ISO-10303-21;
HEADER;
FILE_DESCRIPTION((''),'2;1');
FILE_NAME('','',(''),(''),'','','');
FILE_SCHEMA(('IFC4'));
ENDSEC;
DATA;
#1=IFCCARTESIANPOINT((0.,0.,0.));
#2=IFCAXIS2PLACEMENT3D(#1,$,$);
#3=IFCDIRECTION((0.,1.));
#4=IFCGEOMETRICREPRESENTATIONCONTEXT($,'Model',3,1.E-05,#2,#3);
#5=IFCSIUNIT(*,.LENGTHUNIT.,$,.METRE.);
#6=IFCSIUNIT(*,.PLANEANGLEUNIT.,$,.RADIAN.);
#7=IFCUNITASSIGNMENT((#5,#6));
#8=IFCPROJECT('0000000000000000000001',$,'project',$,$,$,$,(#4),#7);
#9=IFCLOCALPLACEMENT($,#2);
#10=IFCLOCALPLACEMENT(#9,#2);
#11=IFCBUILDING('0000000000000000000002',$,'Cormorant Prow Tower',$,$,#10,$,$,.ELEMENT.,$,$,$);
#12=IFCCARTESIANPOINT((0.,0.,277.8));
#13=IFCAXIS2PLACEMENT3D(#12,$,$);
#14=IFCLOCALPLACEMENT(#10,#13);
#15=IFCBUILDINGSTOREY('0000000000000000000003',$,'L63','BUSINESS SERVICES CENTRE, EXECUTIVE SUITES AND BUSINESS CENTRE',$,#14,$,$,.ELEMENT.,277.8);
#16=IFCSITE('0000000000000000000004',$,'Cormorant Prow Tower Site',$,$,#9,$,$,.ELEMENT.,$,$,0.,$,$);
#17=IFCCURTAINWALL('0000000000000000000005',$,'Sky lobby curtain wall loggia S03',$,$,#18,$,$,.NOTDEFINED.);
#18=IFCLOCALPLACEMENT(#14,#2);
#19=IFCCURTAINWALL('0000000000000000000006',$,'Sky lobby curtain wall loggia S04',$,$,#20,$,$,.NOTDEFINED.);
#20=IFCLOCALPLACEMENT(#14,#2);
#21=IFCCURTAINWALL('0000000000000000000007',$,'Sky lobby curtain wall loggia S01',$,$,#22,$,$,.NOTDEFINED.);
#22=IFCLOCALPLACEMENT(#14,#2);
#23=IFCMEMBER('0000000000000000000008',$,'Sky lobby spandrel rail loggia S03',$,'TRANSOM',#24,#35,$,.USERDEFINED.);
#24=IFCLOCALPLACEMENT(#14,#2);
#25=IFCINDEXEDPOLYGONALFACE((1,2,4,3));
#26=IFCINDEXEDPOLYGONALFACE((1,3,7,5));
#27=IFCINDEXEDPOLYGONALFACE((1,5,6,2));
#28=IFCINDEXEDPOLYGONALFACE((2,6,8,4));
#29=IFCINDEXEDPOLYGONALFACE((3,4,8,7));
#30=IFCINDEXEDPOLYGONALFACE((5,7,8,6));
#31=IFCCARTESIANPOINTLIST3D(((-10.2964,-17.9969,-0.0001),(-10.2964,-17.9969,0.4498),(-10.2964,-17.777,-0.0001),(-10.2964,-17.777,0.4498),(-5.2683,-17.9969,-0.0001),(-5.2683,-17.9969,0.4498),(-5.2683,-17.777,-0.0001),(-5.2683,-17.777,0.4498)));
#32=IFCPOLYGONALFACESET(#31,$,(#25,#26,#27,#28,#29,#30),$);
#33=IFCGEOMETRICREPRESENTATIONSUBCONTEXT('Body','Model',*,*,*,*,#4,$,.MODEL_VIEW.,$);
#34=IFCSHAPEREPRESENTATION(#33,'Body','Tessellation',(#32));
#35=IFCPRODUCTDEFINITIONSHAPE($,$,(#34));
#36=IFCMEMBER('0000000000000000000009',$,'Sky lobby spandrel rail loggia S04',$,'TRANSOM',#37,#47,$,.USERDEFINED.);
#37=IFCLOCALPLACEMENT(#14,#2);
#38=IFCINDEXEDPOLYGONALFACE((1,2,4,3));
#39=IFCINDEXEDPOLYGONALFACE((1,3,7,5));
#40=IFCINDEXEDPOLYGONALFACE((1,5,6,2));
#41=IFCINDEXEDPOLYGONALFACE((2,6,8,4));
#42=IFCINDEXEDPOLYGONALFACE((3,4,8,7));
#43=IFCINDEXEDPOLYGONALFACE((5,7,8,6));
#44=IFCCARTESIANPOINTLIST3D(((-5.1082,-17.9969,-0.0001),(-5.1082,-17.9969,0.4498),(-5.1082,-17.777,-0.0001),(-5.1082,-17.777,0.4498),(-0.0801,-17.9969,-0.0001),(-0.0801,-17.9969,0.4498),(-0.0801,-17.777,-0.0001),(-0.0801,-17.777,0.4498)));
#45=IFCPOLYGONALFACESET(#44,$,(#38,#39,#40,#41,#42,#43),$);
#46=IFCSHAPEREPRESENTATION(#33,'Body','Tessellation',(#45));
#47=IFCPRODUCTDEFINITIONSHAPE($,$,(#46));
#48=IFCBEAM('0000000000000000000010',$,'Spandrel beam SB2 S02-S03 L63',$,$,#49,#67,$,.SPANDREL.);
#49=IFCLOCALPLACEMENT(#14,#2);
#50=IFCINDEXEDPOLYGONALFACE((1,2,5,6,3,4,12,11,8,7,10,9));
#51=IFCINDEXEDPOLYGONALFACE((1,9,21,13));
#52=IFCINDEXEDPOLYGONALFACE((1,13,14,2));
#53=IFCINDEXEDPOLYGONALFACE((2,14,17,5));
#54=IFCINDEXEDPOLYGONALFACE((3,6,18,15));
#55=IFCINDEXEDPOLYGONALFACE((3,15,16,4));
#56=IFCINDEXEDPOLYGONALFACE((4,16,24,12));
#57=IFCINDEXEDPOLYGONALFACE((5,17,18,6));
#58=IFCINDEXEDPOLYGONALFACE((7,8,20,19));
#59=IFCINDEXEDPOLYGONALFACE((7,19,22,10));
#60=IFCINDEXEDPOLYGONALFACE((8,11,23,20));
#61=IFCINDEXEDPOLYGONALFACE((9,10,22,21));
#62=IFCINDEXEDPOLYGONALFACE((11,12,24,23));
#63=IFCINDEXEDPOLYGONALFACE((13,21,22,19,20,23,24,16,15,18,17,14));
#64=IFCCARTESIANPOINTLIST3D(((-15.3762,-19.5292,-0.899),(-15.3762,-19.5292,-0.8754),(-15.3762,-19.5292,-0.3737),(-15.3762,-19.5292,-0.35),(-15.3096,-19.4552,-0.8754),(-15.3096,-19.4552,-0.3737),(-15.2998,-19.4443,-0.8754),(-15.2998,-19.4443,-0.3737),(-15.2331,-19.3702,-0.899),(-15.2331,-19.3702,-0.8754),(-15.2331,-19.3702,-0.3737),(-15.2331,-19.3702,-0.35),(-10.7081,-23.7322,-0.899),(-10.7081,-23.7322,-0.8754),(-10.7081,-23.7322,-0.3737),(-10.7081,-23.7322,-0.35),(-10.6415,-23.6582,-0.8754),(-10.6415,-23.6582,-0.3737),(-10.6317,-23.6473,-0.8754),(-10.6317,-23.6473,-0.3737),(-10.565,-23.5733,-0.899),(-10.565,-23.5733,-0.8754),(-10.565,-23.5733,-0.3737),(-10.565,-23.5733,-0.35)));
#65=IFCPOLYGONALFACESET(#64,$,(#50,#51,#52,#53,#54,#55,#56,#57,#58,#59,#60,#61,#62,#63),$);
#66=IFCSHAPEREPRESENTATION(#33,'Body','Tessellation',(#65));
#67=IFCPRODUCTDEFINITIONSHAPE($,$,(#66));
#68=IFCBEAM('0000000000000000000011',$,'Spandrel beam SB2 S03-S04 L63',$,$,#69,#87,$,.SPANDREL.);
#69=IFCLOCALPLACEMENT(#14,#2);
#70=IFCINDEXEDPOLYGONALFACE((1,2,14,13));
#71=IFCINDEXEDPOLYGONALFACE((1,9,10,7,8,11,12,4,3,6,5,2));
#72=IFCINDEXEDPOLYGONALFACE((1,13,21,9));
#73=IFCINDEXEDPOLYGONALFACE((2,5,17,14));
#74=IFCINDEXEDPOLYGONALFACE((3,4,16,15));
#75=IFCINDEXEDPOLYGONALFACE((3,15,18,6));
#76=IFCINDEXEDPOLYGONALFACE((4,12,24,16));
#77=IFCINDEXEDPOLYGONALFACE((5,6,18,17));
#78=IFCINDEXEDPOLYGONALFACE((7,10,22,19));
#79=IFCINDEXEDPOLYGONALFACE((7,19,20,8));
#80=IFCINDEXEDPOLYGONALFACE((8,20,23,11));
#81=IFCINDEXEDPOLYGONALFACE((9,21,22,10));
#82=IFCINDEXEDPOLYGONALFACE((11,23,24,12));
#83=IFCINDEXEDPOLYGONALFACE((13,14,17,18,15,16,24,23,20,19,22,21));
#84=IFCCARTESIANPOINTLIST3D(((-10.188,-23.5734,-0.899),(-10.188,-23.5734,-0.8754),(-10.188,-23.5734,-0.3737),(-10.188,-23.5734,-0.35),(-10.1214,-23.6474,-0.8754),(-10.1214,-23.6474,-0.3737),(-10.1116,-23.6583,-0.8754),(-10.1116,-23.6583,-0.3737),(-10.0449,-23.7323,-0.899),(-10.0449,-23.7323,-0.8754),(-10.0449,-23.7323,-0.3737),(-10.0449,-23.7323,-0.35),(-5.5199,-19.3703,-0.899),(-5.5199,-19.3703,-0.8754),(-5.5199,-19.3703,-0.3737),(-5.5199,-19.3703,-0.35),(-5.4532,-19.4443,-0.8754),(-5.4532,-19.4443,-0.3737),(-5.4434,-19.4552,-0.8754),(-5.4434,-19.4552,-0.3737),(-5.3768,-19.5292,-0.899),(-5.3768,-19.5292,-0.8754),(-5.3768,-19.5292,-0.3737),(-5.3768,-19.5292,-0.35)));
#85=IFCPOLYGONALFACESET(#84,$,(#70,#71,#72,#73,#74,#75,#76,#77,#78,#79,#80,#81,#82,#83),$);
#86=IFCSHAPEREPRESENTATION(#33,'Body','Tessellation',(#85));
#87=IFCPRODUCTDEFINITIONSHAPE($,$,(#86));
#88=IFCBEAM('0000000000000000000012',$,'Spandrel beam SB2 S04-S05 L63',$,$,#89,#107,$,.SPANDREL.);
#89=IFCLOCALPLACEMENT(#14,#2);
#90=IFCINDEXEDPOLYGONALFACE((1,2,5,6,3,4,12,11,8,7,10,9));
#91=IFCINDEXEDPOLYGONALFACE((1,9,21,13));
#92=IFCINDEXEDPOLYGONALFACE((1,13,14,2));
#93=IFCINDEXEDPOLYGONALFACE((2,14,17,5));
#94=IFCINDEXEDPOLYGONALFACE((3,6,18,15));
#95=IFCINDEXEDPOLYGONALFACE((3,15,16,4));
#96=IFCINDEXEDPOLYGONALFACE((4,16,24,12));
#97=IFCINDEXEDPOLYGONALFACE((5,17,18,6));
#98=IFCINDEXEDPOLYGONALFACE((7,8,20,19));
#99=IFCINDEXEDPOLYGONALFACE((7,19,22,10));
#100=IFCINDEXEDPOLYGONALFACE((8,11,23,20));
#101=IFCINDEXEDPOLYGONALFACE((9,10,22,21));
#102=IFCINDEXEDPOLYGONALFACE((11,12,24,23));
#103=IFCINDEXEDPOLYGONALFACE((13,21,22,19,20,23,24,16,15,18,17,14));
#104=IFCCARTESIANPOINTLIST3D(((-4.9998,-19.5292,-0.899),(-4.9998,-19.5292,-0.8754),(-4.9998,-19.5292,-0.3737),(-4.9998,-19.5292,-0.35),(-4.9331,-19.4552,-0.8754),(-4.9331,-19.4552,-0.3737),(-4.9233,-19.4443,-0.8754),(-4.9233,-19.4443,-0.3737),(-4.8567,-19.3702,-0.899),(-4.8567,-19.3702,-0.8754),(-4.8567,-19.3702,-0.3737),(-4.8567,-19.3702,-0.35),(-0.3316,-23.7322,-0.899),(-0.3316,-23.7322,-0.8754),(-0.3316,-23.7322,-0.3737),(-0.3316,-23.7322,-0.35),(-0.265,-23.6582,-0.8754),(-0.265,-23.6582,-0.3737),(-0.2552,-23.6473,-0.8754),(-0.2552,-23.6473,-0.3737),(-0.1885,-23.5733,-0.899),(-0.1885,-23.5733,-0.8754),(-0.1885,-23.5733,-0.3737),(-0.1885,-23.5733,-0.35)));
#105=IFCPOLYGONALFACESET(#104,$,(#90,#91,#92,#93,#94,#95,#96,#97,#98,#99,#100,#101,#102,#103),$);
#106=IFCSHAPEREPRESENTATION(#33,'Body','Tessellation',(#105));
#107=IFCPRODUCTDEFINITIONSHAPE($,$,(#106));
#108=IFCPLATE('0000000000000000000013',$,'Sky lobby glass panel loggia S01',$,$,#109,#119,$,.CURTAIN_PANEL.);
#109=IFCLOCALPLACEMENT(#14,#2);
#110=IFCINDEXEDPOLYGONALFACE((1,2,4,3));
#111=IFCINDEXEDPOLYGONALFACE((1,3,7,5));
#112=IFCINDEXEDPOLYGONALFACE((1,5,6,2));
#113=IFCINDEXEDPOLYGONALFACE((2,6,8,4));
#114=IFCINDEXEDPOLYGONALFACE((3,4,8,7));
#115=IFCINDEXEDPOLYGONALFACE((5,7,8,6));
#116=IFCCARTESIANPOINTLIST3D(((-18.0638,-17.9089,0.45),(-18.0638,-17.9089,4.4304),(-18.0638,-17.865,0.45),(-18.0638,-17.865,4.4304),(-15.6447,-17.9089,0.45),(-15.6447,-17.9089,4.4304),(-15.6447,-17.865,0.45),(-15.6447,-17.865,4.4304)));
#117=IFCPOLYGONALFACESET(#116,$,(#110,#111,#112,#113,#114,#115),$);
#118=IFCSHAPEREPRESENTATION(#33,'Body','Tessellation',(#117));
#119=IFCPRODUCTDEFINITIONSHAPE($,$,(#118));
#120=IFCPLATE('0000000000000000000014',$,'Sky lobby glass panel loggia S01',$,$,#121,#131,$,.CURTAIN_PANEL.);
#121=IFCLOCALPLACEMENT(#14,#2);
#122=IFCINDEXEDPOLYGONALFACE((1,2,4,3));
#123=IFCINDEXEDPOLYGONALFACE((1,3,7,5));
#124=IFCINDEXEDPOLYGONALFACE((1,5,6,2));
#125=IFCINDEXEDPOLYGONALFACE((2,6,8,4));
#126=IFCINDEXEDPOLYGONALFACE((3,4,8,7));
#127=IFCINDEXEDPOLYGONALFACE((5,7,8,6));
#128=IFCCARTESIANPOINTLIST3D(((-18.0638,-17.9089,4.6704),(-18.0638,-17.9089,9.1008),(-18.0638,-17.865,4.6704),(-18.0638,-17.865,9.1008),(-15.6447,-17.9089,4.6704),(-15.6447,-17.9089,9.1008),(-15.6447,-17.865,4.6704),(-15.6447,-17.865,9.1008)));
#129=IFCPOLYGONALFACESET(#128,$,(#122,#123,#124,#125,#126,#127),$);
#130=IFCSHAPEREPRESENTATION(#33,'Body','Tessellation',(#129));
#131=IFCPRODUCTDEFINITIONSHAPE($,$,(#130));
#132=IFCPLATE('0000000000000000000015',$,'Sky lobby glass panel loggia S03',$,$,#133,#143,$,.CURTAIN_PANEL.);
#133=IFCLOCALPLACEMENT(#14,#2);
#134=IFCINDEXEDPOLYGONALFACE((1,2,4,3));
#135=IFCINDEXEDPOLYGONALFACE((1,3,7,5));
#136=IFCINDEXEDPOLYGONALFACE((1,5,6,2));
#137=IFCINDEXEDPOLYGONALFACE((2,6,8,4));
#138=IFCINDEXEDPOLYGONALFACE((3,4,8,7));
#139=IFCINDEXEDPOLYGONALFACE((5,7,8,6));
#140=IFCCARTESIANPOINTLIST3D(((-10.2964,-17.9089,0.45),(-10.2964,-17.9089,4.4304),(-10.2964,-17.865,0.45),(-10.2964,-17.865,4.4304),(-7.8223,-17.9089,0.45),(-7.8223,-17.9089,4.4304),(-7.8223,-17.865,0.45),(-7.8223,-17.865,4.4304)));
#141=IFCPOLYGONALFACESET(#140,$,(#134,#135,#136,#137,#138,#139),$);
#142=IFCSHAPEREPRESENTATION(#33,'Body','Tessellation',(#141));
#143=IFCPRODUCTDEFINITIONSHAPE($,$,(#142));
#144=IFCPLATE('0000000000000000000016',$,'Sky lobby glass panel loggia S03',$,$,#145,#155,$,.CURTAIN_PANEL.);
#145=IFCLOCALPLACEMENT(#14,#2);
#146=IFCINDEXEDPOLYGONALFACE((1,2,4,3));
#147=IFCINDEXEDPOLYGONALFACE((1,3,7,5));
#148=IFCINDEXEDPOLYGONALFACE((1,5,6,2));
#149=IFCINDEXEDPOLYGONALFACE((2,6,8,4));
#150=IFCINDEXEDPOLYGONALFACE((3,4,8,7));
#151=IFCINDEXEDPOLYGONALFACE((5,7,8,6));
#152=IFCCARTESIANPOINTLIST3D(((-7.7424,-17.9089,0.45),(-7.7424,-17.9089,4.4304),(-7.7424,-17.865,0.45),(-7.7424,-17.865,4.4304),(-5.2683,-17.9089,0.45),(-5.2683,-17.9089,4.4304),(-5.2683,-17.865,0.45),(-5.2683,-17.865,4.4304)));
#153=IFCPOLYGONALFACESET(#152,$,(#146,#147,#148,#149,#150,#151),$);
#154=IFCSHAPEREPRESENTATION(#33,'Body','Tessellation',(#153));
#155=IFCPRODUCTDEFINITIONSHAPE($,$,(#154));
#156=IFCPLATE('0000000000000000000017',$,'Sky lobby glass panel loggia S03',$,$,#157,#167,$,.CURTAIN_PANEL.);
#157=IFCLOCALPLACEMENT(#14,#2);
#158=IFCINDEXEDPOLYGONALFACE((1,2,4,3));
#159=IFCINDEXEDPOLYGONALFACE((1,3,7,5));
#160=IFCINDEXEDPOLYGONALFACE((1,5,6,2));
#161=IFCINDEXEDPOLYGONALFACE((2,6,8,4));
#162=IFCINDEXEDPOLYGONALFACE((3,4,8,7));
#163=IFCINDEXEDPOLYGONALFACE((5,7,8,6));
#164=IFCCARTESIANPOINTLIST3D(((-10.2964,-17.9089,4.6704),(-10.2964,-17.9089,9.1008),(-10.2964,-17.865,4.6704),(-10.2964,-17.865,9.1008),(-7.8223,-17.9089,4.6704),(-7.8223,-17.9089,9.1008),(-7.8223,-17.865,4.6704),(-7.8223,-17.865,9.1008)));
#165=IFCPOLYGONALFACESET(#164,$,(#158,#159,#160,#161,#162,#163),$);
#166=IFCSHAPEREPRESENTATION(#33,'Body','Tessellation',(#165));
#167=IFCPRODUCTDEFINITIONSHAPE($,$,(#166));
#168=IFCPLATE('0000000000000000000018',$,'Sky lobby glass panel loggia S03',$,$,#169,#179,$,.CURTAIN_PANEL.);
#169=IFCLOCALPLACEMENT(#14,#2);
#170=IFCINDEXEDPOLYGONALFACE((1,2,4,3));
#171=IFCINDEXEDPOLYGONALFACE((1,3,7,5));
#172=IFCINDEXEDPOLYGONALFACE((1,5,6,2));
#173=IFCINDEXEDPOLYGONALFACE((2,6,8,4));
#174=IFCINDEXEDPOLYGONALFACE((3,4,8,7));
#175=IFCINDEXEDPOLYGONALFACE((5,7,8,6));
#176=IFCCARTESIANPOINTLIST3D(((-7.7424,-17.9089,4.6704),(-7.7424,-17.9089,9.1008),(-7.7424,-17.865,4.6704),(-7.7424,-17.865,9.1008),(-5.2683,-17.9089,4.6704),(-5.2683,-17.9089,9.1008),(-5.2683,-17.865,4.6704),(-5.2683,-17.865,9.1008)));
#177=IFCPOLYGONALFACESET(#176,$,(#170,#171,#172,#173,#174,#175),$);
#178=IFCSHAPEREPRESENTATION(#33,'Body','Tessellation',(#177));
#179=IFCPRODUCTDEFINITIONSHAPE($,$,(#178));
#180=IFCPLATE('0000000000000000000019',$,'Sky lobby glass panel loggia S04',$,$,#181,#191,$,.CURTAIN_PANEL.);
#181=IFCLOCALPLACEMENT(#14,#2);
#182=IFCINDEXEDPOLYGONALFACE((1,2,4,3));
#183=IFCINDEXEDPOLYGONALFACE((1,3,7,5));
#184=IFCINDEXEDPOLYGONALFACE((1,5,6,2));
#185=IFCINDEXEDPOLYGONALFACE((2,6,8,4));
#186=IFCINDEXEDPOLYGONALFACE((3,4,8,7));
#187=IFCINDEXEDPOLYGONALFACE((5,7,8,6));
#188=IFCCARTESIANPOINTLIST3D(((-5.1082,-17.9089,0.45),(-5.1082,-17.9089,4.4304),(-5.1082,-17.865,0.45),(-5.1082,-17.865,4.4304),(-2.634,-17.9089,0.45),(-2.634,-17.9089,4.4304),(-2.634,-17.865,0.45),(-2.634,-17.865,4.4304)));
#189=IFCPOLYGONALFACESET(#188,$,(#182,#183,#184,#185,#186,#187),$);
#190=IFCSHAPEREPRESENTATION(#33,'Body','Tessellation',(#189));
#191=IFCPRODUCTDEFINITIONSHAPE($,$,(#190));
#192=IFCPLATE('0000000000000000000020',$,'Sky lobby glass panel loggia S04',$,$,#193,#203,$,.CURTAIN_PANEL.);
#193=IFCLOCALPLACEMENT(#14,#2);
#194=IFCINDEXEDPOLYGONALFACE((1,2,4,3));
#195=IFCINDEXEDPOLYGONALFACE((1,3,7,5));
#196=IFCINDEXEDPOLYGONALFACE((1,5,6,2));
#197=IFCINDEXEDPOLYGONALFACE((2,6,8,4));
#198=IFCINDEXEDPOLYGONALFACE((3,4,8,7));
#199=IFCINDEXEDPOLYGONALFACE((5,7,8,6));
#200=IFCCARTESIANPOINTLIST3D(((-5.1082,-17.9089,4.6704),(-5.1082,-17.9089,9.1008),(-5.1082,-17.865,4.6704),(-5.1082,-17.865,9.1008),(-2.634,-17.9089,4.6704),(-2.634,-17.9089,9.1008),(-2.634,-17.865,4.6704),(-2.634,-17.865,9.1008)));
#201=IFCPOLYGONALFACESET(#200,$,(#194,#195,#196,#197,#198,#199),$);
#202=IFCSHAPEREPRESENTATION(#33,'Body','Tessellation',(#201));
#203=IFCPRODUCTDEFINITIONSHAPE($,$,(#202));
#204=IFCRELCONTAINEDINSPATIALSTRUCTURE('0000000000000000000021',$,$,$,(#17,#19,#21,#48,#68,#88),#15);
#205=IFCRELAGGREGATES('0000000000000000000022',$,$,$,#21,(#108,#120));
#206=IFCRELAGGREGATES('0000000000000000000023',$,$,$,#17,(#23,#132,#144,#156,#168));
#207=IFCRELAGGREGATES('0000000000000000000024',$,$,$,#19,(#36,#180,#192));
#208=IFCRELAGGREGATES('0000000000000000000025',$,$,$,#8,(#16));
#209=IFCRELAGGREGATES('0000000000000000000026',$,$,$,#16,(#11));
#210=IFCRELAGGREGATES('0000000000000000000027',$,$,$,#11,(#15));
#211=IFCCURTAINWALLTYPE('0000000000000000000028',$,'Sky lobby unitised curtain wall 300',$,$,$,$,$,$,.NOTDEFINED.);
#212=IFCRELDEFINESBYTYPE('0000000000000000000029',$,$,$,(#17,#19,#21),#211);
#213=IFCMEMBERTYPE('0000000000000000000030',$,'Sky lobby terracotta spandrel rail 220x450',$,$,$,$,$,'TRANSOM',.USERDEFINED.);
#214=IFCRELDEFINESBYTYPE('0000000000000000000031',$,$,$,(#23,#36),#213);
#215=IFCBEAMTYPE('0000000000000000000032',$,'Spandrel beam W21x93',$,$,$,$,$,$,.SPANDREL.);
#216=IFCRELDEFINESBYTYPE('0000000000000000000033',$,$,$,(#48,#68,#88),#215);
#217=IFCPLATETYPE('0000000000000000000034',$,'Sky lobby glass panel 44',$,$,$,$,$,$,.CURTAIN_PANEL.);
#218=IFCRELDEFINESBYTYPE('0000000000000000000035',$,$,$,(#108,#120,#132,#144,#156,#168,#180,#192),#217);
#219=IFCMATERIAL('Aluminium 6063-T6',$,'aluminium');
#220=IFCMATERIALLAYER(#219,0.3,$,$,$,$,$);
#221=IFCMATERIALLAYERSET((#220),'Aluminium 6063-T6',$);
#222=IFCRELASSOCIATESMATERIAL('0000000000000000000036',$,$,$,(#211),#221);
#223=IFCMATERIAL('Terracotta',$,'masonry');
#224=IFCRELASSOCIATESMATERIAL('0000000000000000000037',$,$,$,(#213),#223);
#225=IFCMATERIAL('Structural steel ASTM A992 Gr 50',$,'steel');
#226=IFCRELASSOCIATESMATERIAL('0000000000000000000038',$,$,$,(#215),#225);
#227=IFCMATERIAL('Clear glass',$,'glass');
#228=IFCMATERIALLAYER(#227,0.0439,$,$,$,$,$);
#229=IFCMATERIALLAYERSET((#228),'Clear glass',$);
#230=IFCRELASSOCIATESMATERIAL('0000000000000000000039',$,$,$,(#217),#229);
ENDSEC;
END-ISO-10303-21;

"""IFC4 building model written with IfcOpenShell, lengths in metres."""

from ifc_helpers import new_model, si_unit, direction, frame, origin, origin_2d, place, context, subcontext, project, spatial, rectangle, i_section, extrude, material, layer, layer_set, material_profile, profile_set, type_object, element, aggregate, save


model = new_model("IFC4")

# Units and contexts
model_context = context("Model", 3, precision=1e-05, world=origin(), true_north=direction((0.0, 1.0)))
body_context = subcontext(model_context, "Body", "Model", "MODEL_VIEW")
ifc_project = project(units=[si_unit("LENGTHUNIT", "METRE"), si_unit("PLANEANGLEUNIT", "RADIAN")], contexts=[model_context])

# Site, building, storey
site_placement = place(None, origin())
site = spatial("IfcSite", under=ifc_project, at=site_placement, Name="Cormorant Prow Tower Site", CompositionType="ELEMENT", RefElevation=0.0)
building_placement = place(site_placement, origin())
building = spatial("IfcBuilding", under=site, at=building_placement, Name="Cormorant Prow Tower", CompositionType="ELEMENT")
storey_placement = place(building_placement, frame((0.0, 0.0, 277.8)))
storey = spatial("IfcBuildingStorey", under=building, at=storey_placement, Name="L63", Description="BUSINESS SERVICES CENTRE, EXECUTIVE SUITES AND BUSINESS CENTRE", CompositionType="ELEMENT", Elevation=277.8)

# Curtain wall
ifc_material_1 = material(Name="Aluminium 6063-T6", Category="aluminium")
ifc_layer_1 = layer(ifc_material_1, 0.3)
ifc_layer_set_1 = layer_set([ifc_layer_1], Name="Aluminium 6063-T6")
curtain_wall_type = type_object("IfcCurtainWallType", Name="Sky lobby unitised curtain wall 300", PredefinedType="NOTDEFINED", material=ifc_layer_set_1)
curtain_wall_1_placement = place(storey_placement, origin())
curtain_wall_1 = element("IfcCurtainWall", 1, at=curtain_wall_1_placement, inside=storey, type_object=curtain_wall_type, Name="Sky lobby curtain wall loggia S03", PredefinedType="NOTDEFINED")

# Curtain walls
curtain_wall_2_placement = place(storey_placement, origin())
curtain_wall_2 = element("IfcCurtainWall", 2, at=curtain_wall_2_placement, inside=storey, type_object=curtain_wall_type, Name="Sky lobby curtain wall loggia S04", PredefinedType="NOTDEFINED")
curtain_wall_3_placement = place(storey_placement, origin())
curtain_wall_3 = element("IfcCurtainWall", 3, at=curtain_wall_3_placement, inside=storey, type_object=curtain_wall_type, Name="Sky lobby curtain wall loggia S01", PredefinedType="NOTDEFINED")

# Members
ifc_material_2 = material(Name="Terracotta", Category="masonry")
ifc_material_profile_1 = material_profile(ifc_material_2, rectangle(XDim=0.22, YDim=0.45, at=origin_2d()), Name="Sky lobby terracotta spandrel rail 220x450")
ifc_profile_set_1 = profile_set([ifc_material_profile_1], Name="Terracotta")
member_type_1 = type_object("IfcMemberType", Name="Sky lobby terracotta spandrel rail 220x450", ElementType="TRANSOM", PredefinedType="USERDEFINED", material=ifc_profile_set_1)
member_1_placement = place(storey_placement, frame((-10.2964, -17.887, 0.2249), z_axis=(1.0, 0.0, 0.0), x_axis=(0.0, 1.0, 0.0)))
member_1 = element("IfcMember", 4, at=member_1_placement, type_object=member_type_1, Name="Sky lobby spandrel rail loggia S03", ObjectType="TRANSOM", PredefinedType="USERDEFINED", context=body_context, shape_type="SweptSolid", body=[
    extrude(rectangle(XDim=0.22, YDim=0.45, at=origin_2d()), origin(), (0.0, 0.0, 1.0), 5.0281),
])
member_2_placement = place(storey_placement, frame((-5.1082, -17.887, 0.2249), z_axis=(1.0, 0.0, 0.0), x_axis=(0.0, 1.0, 0.0)))
member_2 = element("IfcMember", 5, at=member_2_placement, type_object=member_type_1, Name="Sky lobby spandrel rail loggia S04", ObjectType="TRANSOM", PredefinedType="USERDEFINED", context=body_context, shape_type="SweptSolid", body=[
    extrude(rectangle(XDim=0.22, YDim=0.45, at=origin_2d()), origin(), (0.0, 0.0, 1.0), 5.0281),
])

# Beams
ifc_material_3 = material(Name="Structural steel ASTM A992 Gr 50", Category="steel")
ifc_material_profile_2 = material_profile(ifc_material_3, i_section(OverallWidth=0.2139, OverallDepth=0.5491, WebThickness=0.0146, FlangeThickness=0.0237, at=origin_2d()), Name="W21x93")
ifc_profile_set_2 = profile_set([ifc_material_profile_2], Name="Structural steel ASTM A992 Gr 50")
beam_type = type_object("IfcBeamType", Name="Spandrel beam W21x93", PredefinedType="SPANDREL", material=ifc_profile_set_2)
for number, where, z_axis, x_axis, name in (
    (6, (-15.3047, -19.4497, -0.6245), (0.743157, -0.669117, 0.0), (0.669117, 0.743157, 0.0), "Spandrel beam SB2 S02-S03 L63"),
    (7, (-10.1165, -23.6528, -0.6245), (0.743157, 0.669117, 0.0), (-0.669117, 0.743157, 0.0), "Spandrel beam SB2 S03-S04 L63"),
    (8, (-4.9282, -19.4497, -0.6245), (0.743157, -0.669117, 0.0), (0.669117, 0.743157, 0.0), "Spandrel beam SB2 S04-S05 L63"),
):
    element("IfcBeam", number, at=place(storey_placement, frame(where, z_axis=z_axis, x_axis=x_axis)), inside=storey, type_object=beam_type, Name=name, PredefinedType="SPANDREL", context=body_context, shape_type="SweptSolid", body=[
        extrude(i_section(OverallWidth=0.2139, OverallDepth=0.5491, WebThickness=0.0146, FlangeThickness=0.0237, at=origin_2d()), origin(), (0.0, 0.0, 1.0), 6.2815),
    ])

# Plates
ifc_material_4 = material(Name="Clear glass", Category="glass")
ifc_layer_2 = layer(ifc_material_4, 0.0439)
ifc_layer_set_2 = layer_set([ifc_layer_2], Name="Clear glass")
plate_type = type_object("IfcPlateType", Name="Sky lobby glass panel 44", PredefinedType="CURTAIN_PANEL", material=ifc_layer_set_2)
plate_1_placement = place(storey_placement, frame((-16.8542, -17.887, 0.45), z_axis=(0.0, 0.0, 1.0), x_axis=(1.0, 0.0, 0.0)))
plate_1 = element("IfcPlate", 9, at=plate_1_placement, type_object=plate_type, Name="Sky lobby glass panel loggia S01", PredefinedType="CURTAIN_PANEL", context=body_context, shape_type="SweptSolid", body=[
    extrude(rectangle(XDim=2.4192, YDim=0.0439, at=origin_2d()), origin(), (0.0, 0.0, 1.0), 3.9805),
])
plate_2_placement = place(storey_placement, frame((-16.8542, -17.887, 4.6704), z_axis=(0.0, 0.0, 1.0), x_axis=(1.0, 0.0, 0.0)))
plate_2 = element("IfcPlate", 10, at=plate_2_placement, type_object=plate_type, Name="Sky lobby glass panel loggia S01", PredefinedType="CURTAIN_PANEL", context=body_context, shape_type="SweptSolid", body=[
    extrude(rectangle(XDim=2.4192, YDim=0.0439, at=origin_2d()), origin(), (0.0, 0.0, 1.0), 4.4304),
])
aggregate(curtain_wall_3, [plate_1, plate_2])
plate_3_placement = place(storey_placement, frame((-9.0593, -17.887, 0.45), z_axis=(0.0, 0.0, 1.0), x_axis=(1.0, 0.0, 0.0)))
plate_3 = element("IfcPlate", 11, at=plate_3_placement, type_object=plate_type, Name="Sky lobby glass panel loggia S03", PredefinedType="CURTAIN_PANEL", context=body_context, shape_type="SweptSolid", body=[
    extrude(rectangle(XDim=2.4741, YDim=0.0439, at=origin_2d()), origin(), (0.0, 0.0, 1.0), 3.9805),
])
plate_4_placement = place(storey_placement, frame((-6.5054, -17.887, 0.45), z_axis=(0.0, 0.0, 1.0), x_axis=(1.0, 0.0, 0.0)))
plate_4 = element("IfcPlate", 12, at=plate_4_placement, type_object=plate_type, Name="Sky lobby glass panel loggia S03", PredefinedType="CURTAIN_PANEL", context=body_context, shape_type="SweptSolid", body=[
    extrude(rectangle(XDim=2.4741, YDim=0.0439, at=origin_2d()), origin(), (0.0, 0.0, 1.0), 3.9805),
])
plate_5_placement = place(storey_placement, frame((-9.0593, -17.887, 4.6704), z_axis=(0.0, 0.0, 1.0), x_axis=(1.0, 0.0, 0.0)))
plate_5 = element("IfcPlate", 13, at=plate_5_placement, type_object=plate_type, Name="Sky lobby glass panel loggia S03", PredefinedType="CURTAIN_PANEL", context=body_context, shape_type="SweptSolid", body=[
    extrude(rectangle(XDim=2.4741, YDim=0.0439, at=origin_2d()), origin(), (0.0, 0.0, 1.0), 4.4304),
])
plate_6_placement = place(storey_placement, frame((-6.5054, -17.887, 4.6704), z_axis=(0.0, 0.0, 1.0), x_axis=(1.0, 0.0, 0.0)))
plate_6 = element("IfcPlate", 14, at=plate_6_placement, type_object=plate_type, Name="Sky lobby glass panel loggia S03", PredefinedType="CURTAIN_PANEL", context=body_context, shape_type="SweptSolid", body=[
    extrude(rectangle(XDim=2.4741, YDim=0.0439, at=origin_2d()), origin(), (0.0, 0.0, 1.0), 4.4304),
])
aggregate(curtain_wall_1, [member_1, plate_3, plate_4, plate_5, plate_6])
plate_7_placement = place(storey_placement, frame((-3.8711, -17.887, 0.45), z_axis=(0.0, 0.0, 1.0), x_axis=(1.0, 0.0, 0.0)))
plate_7 = element("IfcPlate", 15, at=plate_7_placement, type_object=plate_type, Name="Sky lobby glass panel loggia S04", PredefinedType="CURTAIN_PANEL", context=body_context, shape_type="SweptSolid", body=[
    extrude(rectangle(XDim=2.4741, YDim=0.0439, at=origin_2d()), origin(), (0.0, 0.0, 1.0), 3.9805),
])
plate_8_placement = place(storey_placement, frame((-3.8711, -17.887, 4.6704), z_axis=(0.0, 0.0, 1.0), x_axis=(1.0, 0.0, 0.0)))
plate_8 = element("IfcPlate", 16, at=plate_8_placement, type_object=plate_type, Name="Sky lobby glass panel loggia S04", PredefinedType="CURTAIN_PANEL", context=body_context, shape_type="SweptSolid", body=[
    extrude(rectangle(XDim=2.4741, YDim=0.0439, at=origin_2d()), origin(), (0.0, 0.0, 1.0), 4.4304),
])
aggregate(curtain_wall_2, [member_2, plate_7, plate_8])

save(model, "model.ifc")
